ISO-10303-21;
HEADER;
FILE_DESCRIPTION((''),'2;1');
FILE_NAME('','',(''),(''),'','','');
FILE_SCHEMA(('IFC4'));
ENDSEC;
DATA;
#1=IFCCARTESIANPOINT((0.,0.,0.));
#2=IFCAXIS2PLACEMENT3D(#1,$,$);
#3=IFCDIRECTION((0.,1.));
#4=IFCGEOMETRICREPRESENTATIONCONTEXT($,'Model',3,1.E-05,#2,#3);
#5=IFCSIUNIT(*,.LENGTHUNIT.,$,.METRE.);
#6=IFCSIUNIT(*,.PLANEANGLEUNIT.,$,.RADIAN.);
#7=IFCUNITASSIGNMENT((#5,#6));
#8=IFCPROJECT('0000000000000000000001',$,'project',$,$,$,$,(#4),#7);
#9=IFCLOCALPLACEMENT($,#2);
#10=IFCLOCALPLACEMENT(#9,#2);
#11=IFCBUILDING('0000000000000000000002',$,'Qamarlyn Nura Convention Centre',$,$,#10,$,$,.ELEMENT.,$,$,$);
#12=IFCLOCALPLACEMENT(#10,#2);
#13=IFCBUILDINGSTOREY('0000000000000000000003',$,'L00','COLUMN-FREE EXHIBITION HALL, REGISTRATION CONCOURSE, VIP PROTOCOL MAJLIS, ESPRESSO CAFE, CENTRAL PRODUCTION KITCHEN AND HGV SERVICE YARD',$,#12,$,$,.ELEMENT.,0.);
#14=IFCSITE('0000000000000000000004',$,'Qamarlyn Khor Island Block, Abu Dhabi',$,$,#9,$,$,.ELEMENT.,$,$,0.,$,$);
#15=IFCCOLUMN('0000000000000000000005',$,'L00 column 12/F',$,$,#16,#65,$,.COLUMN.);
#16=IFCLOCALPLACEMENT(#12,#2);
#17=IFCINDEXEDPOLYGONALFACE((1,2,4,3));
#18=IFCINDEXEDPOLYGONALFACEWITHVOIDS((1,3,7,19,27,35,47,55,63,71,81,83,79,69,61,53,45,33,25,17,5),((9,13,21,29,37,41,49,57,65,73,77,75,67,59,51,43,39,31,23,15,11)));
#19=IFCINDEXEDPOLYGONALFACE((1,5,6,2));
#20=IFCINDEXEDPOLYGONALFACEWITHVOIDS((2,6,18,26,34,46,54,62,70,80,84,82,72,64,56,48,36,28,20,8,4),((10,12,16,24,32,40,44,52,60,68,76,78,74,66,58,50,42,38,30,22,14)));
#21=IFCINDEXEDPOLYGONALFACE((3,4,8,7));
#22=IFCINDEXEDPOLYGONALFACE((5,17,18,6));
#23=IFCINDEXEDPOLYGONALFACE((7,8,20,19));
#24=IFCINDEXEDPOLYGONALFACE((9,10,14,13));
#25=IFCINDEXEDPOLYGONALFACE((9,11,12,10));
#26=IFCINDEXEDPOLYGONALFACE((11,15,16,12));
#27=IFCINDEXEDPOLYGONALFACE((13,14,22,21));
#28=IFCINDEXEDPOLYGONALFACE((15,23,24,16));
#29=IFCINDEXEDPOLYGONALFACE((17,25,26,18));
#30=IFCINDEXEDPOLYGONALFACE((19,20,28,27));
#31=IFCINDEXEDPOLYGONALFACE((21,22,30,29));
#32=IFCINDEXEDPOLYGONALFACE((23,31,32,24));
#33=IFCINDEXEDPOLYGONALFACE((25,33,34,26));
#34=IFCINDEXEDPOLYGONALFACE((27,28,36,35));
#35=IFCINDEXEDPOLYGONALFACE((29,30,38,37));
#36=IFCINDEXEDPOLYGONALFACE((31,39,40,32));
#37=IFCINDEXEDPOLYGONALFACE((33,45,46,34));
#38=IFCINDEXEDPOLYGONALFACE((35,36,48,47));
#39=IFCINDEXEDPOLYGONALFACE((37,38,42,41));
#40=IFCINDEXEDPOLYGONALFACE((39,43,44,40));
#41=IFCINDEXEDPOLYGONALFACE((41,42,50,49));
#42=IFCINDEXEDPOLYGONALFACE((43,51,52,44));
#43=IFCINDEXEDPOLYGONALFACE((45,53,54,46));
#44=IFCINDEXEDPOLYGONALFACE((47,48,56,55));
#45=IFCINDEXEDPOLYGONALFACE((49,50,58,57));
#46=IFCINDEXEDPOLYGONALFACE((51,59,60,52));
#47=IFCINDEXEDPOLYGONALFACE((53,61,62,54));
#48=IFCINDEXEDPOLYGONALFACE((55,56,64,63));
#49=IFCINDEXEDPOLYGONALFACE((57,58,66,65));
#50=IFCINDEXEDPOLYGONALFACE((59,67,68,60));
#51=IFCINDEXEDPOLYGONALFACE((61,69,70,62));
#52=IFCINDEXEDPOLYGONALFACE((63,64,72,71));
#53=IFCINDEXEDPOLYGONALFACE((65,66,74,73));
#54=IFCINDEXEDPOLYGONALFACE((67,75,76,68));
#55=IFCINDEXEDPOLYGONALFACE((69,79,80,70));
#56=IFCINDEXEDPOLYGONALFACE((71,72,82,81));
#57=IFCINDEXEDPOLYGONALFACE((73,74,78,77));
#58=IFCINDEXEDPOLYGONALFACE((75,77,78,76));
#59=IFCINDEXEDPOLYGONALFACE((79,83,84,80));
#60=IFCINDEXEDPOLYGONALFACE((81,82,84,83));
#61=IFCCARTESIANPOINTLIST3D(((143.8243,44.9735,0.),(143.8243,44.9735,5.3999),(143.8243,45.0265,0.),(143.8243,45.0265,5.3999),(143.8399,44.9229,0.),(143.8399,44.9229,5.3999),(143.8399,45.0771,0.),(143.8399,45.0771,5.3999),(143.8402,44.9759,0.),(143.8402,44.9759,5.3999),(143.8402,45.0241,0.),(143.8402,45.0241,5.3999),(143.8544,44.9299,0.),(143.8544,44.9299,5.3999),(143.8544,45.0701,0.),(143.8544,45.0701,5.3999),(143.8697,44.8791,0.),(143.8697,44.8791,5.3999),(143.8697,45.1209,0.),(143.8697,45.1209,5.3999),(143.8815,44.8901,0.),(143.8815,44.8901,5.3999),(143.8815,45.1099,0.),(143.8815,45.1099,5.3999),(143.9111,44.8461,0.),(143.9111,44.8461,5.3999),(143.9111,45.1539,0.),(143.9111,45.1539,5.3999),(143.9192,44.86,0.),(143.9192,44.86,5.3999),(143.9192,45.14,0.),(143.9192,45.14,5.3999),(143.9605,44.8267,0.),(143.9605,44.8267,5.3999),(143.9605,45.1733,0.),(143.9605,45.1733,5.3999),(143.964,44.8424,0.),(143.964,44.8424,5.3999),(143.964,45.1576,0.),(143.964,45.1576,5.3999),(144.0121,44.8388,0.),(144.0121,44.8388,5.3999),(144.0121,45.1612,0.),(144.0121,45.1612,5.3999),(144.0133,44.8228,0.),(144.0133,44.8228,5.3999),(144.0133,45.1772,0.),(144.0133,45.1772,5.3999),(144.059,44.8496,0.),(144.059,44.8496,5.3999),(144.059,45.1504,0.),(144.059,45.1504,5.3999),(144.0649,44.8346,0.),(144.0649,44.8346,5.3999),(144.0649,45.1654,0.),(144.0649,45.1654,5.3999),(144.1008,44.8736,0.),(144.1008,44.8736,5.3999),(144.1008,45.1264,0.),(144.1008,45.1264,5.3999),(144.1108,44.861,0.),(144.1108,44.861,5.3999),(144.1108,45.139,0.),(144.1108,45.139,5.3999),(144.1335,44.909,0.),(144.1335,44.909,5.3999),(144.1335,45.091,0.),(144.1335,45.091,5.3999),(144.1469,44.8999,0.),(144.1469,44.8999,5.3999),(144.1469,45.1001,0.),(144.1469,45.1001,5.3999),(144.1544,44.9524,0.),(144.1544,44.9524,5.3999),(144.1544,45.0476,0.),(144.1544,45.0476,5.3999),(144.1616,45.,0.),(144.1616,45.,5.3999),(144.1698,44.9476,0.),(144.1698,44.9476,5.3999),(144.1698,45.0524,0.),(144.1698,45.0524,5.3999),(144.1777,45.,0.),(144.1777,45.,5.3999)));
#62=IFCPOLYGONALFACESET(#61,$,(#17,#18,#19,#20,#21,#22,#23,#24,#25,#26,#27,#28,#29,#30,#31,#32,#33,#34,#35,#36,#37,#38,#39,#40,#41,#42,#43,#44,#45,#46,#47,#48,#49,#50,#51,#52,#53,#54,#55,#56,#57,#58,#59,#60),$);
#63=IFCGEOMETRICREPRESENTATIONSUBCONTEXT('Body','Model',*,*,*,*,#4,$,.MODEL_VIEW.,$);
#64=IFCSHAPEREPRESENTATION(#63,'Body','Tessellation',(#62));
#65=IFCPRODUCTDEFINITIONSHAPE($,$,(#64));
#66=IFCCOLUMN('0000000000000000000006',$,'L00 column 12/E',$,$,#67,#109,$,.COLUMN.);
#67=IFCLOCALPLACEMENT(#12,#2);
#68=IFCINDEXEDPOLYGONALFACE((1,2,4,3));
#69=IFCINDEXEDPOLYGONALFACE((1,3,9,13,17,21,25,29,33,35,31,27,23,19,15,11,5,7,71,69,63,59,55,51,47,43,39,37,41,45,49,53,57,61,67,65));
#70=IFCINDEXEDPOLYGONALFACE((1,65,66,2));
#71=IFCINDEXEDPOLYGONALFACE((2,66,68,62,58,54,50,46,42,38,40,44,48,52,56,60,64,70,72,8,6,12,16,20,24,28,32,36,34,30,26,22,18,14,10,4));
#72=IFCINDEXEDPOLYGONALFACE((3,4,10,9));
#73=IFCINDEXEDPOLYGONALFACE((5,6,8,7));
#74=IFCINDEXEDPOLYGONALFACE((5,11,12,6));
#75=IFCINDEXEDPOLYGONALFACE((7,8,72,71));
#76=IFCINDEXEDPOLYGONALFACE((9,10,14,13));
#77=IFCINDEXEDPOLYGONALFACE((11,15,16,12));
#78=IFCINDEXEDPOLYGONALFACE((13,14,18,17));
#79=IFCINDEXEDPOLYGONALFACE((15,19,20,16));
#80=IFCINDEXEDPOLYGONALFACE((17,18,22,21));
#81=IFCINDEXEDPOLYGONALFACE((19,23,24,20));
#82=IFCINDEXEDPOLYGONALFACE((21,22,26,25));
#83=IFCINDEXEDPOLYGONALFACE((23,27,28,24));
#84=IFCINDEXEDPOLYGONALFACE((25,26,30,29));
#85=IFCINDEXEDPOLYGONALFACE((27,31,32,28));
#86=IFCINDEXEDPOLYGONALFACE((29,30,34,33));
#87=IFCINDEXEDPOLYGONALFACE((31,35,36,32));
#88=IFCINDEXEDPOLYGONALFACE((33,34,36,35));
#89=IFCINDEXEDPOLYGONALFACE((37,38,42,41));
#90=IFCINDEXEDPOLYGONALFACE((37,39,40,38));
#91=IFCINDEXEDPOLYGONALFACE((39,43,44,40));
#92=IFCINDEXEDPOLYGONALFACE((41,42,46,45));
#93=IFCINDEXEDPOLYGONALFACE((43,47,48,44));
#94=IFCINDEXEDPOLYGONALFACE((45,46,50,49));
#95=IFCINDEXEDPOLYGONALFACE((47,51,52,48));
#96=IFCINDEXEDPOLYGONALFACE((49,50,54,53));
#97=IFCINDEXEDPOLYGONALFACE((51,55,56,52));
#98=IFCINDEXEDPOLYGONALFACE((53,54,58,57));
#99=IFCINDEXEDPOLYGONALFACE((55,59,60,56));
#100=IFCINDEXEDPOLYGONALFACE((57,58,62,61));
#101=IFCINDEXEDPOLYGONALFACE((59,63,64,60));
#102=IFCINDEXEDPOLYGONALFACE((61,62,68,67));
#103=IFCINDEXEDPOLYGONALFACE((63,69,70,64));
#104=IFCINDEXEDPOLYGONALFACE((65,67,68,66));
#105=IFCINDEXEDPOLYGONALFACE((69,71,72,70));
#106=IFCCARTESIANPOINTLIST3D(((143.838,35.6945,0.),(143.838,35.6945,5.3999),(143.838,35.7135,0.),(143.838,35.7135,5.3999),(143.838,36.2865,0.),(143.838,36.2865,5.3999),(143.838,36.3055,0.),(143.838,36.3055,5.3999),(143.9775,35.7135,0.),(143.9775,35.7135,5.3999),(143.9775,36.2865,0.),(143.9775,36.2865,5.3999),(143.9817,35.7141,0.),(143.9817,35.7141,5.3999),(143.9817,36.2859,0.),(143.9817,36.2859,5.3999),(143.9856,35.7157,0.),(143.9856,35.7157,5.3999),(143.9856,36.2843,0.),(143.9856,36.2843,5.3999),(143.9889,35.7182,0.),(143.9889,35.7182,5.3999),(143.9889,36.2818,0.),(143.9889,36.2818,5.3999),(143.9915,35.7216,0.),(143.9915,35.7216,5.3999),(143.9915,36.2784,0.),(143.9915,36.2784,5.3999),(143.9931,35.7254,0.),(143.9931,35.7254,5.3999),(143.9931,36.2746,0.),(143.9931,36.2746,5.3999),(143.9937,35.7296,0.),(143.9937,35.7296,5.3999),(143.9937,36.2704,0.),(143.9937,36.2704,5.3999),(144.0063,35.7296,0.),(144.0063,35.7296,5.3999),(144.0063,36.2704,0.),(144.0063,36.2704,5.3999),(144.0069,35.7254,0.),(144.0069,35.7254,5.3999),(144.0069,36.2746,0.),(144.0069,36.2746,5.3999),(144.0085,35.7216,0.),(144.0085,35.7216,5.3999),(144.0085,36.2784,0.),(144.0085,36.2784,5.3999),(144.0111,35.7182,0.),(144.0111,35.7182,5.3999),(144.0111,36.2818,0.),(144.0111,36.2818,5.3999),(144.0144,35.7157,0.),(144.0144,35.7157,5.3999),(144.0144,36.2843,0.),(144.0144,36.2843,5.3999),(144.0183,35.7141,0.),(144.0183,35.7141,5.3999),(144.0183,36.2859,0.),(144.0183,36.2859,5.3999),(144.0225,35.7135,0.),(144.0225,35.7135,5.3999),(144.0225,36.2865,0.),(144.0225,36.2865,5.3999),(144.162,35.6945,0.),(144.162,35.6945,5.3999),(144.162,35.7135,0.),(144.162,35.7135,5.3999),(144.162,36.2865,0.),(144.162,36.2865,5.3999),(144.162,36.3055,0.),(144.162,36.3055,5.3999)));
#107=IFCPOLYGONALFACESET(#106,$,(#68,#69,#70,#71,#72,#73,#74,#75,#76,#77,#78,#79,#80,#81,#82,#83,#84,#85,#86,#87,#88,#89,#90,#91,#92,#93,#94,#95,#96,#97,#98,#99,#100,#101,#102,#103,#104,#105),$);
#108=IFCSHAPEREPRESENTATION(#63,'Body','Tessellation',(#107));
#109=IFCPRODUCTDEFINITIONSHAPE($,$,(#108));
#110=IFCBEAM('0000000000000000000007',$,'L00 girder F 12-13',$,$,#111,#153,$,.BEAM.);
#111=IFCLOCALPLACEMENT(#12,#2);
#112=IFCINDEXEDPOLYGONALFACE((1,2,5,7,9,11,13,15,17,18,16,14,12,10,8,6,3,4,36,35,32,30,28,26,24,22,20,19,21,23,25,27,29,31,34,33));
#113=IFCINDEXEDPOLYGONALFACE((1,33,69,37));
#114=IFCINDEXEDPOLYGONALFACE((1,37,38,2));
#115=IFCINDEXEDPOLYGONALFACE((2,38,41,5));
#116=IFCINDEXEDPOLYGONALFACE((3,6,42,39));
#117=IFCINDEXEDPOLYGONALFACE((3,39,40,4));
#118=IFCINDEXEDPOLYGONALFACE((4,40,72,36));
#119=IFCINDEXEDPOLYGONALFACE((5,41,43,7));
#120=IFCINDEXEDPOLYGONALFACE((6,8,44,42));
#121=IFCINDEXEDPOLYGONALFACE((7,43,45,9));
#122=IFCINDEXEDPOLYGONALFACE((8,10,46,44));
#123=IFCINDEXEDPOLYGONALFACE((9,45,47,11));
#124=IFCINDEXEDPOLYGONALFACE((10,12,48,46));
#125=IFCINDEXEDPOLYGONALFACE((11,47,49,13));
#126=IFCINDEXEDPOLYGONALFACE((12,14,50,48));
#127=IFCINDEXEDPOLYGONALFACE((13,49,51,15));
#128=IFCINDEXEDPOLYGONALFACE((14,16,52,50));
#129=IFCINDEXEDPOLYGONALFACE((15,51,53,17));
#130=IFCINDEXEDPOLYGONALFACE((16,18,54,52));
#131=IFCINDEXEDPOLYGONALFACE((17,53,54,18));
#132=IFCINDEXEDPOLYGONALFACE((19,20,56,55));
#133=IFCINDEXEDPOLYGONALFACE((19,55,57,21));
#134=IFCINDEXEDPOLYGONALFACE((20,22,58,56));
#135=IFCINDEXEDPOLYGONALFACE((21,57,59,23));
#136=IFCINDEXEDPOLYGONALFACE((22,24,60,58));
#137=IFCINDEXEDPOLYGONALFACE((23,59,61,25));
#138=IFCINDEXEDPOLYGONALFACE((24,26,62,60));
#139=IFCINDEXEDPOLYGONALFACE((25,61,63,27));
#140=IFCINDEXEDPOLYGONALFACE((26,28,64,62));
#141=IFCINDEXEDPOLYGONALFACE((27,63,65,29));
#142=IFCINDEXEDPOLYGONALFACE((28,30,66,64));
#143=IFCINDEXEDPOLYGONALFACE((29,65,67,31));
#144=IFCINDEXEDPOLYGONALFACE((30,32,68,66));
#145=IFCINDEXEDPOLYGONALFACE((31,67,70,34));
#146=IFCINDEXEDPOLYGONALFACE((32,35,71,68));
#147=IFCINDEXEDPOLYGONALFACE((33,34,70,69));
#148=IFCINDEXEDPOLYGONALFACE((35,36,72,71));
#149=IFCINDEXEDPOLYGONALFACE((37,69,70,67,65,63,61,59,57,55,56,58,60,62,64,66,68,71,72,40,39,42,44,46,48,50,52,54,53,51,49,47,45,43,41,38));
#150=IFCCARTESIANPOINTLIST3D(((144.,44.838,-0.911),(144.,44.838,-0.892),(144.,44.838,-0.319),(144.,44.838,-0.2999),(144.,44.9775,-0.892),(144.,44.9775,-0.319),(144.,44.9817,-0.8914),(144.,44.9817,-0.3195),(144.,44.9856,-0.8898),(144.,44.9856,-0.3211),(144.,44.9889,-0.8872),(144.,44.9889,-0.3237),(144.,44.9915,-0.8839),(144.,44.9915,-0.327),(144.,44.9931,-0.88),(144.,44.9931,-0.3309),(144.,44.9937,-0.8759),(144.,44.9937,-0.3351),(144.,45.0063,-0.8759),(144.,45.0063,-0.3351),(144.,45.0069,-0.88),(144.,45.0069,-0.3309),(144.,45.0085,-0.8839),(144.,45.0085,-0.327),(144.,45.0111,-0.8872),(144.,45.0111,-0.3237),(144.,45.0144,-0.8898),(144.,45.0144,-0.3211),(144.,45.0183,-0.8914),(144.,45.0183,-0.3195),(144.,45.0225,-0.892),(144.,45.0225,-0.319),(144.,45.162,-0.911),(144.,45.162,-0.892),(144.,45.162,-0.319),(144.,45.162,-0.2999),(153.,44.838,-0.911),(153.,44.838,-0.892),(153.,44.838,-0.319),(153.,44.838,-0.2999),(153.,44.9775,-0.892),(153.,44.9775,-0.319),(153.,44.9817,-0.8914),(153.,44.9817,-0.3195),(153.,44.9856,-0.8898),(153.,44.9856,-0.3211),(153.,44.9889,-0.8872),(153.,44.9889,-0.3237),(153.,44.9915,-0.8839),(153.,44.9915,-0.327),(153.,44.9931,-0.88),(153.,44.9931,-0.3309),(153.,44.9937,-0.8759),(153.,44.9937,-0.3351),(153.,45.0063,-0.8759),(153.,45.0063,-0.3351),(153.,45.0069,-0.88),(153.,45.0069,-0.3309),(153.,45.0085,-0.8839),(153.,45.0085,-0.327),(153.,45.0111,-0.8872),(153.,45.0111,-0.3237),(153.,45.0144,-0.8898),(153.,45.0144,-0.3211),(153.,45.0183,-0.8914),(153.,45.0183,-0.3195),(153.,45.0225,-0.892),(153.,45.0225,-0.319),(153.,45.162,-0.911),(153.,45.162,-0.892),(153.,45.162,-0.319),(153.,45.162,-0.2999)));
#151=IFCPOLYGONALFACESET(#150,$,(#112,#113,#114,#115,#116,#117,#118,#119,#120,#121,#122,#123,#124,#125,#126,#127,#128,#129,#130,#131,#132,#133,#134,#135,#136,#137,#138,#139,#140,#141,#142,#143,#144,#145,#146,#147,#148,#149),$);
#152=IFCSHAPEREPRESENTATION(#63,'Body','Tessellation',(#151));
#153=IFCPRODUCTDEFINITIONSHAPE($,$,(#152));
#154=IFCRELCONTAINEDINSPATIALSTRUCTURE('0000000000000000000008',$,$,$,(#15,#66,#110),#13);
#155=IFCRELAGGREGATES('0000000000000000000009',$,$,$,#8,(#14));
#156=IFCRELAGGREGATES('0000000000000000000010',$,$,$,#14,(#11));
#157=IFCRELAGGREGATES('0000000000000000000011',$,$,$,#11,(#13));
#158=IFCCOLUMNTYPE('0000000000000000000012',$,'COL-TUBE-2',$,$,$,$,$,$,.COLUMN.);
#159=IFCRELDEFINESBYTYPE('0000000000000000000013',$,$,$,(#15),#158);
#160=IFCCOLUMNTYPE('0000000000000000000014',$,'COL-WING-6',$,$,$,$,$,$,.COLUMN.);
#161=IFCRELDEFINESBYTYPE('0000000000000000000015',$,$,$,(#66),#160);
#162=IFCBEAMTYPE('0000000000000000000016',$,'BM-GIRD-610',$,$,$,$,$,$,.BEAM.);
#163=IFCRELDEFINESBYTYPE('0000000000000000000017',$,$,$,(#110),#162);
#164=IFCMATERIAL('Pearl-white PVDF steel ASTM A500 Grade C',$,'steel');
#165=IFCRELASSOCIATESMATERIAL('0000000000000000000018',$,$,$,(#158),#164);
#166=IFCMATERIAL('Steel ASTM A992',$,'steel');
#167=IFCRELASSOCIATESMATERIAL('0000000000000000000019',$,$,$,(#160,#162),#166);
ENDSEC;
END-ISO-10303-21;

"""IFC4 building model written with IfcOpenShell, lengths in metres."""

from ifc_helpers import new_model, si_unit, direction, frame, origin, origin_2d, place, context, subcontext, project, spatial, hollow_circle, i_section, extrude, material, material_profile, profile_set, type_object, element, save


model = new_model("IFC4")

# Units and contexts
model_context = context("Model", 3, precision=1e-05, world=origin(), true_north=direction((0.0, 1.0)))
body_context = subcontext(model_context, "Body", "Model", "MODEL_VIEW")
ifc_project = project(units=[si_unit("LENGTHUNIT", "METRE"), si_unit("PLANEANGLEUNIT", "RADIAN")], contexts=[model_context])

# Site, building, storey
site_placement = place(None, origin())
site = spatial("IfcSite", under=ifc_project, at=site_placement, Name="Qamarlyn Khor Island Block, Abu Dhabi", CompositionType="ELEMENT", RefElevation=0.0)
building_placement = place(site_placement, origin())
building = spatial("IfcBuilding", under=site, at=building_placement, Name="Qamarlyn Nura Convention Centre", CompositionType="ELEMENT")
storey_placement = place(building_placement, origin())
storey = spatial("IfcBuildingStorey", under=building, at=storey_placement, Name="L00", Description="COLUMN-FREE EXHIBITION HALL, REGISTRATION CONCOURSE, VIP PROTOCOL MAJLIS, ESPRESSO CAFE, CENTRAL PRODUCTION KITCHEN AND HGV SERVICE YARD", CompositionType="ELEMENT", Elevation=0.0)

# Columns
ifc_material_1 = material(Name="Pearl-white PVDF steel ASTM A500 Grade C", Category="steel")
ifc_material_profile_1 = material_profile(ifc_material_1, hollow_circle(Radius=0.1777, WallThickness=0.0161, at=origin_2d()), Name="CHS355.6X16")
ifc_profile_set_1 = profile_set([ifc_material_profile_1], Name="Pearl-white PVDF steel ASTM A500 Grade C")
column_type_1 = type_object("IfcColumnType", Name="COL-TUBE-2", PredefinedType="COLUMN", material=ifc_profile_set_1)
column_1_placement = place(storey_placement, frame((144.0, 45.0, 0.0), z_axis=(0.0, 0.0, 1.0), x_axis=(1.0, 0.0, 0.0)))
element("IfcColumn", 1, at=column_1_placement, inside=storey, type_object=column_type_1, Name="L00 column 12/F", PredefinedType="COLUMN", context=body_context, shape_type="SweptSolid", body=[
    extrude(hollow_circle(Radius=0.1777, WallThickness=0.0161, at=origin_2d()), origin(), (0.0, 0.0, 1.0), 5.3999),
])
ifc_material_2 = material(Name="Steel ASTM A992", Category="steel")
ifc_material_profile_2 = material_profile(ifc_material_2, i_section(OverallWidth=0.324, OverallDepth=0.6111, WebThickness=0.0127, FlangeThickness=0.019, FilletRadius=0.0161, at=origin_2d()), Name="W610X155")
ifc_profile_set_2 = profile_set([ifc_material_profile_2], Name="Steel ASTM A992")
column_type_2 = type_object("IfcColumnType", Name="COL-WING-6", PredefinedType="COLUMN", material=ifc_profile_set_2)
column_2_placement = place(storey_placement, frame((144.0, 36.0, 0.0), z_axis=(0.0, 0.0, 1.0), x_axis=(1.0, 0.0, 0.0)))
element("IfcColumn", 2, at=column_2_placement, inside=storey, type_object=column_type_2, Name="L00 column 12/E", PredefinedType="COLUMN", context=body_context, shape_type="SweptSolid", body=[
    extrude(i_section(OverallWidth=0.324, OverallDepth=0.6111, WebThickness=0.0127, FlangeThickness=0.019, FilletRadius=0.0161, at=origin_2d()), origin(), (0.0, 0.0, 1.0), 5.3999),
])

# Beam
ifc_material_profile_3 = material_profile(ifc_material_2, i_section(OverallWidth=0.324, OverallDepth=0.6111, WebThickness=0.0127, FlangeThickness=0.019, FilletRadius=0.0161, at=origin_2d()), Name="W610X155")
ifc_profile_set_3 = profile_set([ifc_material_profile_3], Name="Steel ASTM A992")
beam_type_1 = type_object("IfcBeamType", Name="BM-GIRD-610", PredefinedType="BEAM", material=ifc_profile_set_3)
beam_1_placement = place(storey_placement, frame((144.0, 45.0, -0.6055), z_axis=(1.0, 0.0, 0.0), x_axis=(0.0, 1.0, 0.0)))
element("IfcBeam", 3, at=beam_1_placement, inside=storey, type_object=beam_type_1, Name="L00 girder F 12-13", PredefinedType="BEAM", context=body_context, shape_type="SweptSolid", body=[
    extrude(i_section(OverallWidth=0.324, OverallDepth=0.6111, WebThickness=0.0127, FlangeThickness=0.019, FilletRadius=0.0161, at=origin_2d()), origin(), (0.0, 0.0, 1.0), 9.0),
])

save(model, "model.ifc")
